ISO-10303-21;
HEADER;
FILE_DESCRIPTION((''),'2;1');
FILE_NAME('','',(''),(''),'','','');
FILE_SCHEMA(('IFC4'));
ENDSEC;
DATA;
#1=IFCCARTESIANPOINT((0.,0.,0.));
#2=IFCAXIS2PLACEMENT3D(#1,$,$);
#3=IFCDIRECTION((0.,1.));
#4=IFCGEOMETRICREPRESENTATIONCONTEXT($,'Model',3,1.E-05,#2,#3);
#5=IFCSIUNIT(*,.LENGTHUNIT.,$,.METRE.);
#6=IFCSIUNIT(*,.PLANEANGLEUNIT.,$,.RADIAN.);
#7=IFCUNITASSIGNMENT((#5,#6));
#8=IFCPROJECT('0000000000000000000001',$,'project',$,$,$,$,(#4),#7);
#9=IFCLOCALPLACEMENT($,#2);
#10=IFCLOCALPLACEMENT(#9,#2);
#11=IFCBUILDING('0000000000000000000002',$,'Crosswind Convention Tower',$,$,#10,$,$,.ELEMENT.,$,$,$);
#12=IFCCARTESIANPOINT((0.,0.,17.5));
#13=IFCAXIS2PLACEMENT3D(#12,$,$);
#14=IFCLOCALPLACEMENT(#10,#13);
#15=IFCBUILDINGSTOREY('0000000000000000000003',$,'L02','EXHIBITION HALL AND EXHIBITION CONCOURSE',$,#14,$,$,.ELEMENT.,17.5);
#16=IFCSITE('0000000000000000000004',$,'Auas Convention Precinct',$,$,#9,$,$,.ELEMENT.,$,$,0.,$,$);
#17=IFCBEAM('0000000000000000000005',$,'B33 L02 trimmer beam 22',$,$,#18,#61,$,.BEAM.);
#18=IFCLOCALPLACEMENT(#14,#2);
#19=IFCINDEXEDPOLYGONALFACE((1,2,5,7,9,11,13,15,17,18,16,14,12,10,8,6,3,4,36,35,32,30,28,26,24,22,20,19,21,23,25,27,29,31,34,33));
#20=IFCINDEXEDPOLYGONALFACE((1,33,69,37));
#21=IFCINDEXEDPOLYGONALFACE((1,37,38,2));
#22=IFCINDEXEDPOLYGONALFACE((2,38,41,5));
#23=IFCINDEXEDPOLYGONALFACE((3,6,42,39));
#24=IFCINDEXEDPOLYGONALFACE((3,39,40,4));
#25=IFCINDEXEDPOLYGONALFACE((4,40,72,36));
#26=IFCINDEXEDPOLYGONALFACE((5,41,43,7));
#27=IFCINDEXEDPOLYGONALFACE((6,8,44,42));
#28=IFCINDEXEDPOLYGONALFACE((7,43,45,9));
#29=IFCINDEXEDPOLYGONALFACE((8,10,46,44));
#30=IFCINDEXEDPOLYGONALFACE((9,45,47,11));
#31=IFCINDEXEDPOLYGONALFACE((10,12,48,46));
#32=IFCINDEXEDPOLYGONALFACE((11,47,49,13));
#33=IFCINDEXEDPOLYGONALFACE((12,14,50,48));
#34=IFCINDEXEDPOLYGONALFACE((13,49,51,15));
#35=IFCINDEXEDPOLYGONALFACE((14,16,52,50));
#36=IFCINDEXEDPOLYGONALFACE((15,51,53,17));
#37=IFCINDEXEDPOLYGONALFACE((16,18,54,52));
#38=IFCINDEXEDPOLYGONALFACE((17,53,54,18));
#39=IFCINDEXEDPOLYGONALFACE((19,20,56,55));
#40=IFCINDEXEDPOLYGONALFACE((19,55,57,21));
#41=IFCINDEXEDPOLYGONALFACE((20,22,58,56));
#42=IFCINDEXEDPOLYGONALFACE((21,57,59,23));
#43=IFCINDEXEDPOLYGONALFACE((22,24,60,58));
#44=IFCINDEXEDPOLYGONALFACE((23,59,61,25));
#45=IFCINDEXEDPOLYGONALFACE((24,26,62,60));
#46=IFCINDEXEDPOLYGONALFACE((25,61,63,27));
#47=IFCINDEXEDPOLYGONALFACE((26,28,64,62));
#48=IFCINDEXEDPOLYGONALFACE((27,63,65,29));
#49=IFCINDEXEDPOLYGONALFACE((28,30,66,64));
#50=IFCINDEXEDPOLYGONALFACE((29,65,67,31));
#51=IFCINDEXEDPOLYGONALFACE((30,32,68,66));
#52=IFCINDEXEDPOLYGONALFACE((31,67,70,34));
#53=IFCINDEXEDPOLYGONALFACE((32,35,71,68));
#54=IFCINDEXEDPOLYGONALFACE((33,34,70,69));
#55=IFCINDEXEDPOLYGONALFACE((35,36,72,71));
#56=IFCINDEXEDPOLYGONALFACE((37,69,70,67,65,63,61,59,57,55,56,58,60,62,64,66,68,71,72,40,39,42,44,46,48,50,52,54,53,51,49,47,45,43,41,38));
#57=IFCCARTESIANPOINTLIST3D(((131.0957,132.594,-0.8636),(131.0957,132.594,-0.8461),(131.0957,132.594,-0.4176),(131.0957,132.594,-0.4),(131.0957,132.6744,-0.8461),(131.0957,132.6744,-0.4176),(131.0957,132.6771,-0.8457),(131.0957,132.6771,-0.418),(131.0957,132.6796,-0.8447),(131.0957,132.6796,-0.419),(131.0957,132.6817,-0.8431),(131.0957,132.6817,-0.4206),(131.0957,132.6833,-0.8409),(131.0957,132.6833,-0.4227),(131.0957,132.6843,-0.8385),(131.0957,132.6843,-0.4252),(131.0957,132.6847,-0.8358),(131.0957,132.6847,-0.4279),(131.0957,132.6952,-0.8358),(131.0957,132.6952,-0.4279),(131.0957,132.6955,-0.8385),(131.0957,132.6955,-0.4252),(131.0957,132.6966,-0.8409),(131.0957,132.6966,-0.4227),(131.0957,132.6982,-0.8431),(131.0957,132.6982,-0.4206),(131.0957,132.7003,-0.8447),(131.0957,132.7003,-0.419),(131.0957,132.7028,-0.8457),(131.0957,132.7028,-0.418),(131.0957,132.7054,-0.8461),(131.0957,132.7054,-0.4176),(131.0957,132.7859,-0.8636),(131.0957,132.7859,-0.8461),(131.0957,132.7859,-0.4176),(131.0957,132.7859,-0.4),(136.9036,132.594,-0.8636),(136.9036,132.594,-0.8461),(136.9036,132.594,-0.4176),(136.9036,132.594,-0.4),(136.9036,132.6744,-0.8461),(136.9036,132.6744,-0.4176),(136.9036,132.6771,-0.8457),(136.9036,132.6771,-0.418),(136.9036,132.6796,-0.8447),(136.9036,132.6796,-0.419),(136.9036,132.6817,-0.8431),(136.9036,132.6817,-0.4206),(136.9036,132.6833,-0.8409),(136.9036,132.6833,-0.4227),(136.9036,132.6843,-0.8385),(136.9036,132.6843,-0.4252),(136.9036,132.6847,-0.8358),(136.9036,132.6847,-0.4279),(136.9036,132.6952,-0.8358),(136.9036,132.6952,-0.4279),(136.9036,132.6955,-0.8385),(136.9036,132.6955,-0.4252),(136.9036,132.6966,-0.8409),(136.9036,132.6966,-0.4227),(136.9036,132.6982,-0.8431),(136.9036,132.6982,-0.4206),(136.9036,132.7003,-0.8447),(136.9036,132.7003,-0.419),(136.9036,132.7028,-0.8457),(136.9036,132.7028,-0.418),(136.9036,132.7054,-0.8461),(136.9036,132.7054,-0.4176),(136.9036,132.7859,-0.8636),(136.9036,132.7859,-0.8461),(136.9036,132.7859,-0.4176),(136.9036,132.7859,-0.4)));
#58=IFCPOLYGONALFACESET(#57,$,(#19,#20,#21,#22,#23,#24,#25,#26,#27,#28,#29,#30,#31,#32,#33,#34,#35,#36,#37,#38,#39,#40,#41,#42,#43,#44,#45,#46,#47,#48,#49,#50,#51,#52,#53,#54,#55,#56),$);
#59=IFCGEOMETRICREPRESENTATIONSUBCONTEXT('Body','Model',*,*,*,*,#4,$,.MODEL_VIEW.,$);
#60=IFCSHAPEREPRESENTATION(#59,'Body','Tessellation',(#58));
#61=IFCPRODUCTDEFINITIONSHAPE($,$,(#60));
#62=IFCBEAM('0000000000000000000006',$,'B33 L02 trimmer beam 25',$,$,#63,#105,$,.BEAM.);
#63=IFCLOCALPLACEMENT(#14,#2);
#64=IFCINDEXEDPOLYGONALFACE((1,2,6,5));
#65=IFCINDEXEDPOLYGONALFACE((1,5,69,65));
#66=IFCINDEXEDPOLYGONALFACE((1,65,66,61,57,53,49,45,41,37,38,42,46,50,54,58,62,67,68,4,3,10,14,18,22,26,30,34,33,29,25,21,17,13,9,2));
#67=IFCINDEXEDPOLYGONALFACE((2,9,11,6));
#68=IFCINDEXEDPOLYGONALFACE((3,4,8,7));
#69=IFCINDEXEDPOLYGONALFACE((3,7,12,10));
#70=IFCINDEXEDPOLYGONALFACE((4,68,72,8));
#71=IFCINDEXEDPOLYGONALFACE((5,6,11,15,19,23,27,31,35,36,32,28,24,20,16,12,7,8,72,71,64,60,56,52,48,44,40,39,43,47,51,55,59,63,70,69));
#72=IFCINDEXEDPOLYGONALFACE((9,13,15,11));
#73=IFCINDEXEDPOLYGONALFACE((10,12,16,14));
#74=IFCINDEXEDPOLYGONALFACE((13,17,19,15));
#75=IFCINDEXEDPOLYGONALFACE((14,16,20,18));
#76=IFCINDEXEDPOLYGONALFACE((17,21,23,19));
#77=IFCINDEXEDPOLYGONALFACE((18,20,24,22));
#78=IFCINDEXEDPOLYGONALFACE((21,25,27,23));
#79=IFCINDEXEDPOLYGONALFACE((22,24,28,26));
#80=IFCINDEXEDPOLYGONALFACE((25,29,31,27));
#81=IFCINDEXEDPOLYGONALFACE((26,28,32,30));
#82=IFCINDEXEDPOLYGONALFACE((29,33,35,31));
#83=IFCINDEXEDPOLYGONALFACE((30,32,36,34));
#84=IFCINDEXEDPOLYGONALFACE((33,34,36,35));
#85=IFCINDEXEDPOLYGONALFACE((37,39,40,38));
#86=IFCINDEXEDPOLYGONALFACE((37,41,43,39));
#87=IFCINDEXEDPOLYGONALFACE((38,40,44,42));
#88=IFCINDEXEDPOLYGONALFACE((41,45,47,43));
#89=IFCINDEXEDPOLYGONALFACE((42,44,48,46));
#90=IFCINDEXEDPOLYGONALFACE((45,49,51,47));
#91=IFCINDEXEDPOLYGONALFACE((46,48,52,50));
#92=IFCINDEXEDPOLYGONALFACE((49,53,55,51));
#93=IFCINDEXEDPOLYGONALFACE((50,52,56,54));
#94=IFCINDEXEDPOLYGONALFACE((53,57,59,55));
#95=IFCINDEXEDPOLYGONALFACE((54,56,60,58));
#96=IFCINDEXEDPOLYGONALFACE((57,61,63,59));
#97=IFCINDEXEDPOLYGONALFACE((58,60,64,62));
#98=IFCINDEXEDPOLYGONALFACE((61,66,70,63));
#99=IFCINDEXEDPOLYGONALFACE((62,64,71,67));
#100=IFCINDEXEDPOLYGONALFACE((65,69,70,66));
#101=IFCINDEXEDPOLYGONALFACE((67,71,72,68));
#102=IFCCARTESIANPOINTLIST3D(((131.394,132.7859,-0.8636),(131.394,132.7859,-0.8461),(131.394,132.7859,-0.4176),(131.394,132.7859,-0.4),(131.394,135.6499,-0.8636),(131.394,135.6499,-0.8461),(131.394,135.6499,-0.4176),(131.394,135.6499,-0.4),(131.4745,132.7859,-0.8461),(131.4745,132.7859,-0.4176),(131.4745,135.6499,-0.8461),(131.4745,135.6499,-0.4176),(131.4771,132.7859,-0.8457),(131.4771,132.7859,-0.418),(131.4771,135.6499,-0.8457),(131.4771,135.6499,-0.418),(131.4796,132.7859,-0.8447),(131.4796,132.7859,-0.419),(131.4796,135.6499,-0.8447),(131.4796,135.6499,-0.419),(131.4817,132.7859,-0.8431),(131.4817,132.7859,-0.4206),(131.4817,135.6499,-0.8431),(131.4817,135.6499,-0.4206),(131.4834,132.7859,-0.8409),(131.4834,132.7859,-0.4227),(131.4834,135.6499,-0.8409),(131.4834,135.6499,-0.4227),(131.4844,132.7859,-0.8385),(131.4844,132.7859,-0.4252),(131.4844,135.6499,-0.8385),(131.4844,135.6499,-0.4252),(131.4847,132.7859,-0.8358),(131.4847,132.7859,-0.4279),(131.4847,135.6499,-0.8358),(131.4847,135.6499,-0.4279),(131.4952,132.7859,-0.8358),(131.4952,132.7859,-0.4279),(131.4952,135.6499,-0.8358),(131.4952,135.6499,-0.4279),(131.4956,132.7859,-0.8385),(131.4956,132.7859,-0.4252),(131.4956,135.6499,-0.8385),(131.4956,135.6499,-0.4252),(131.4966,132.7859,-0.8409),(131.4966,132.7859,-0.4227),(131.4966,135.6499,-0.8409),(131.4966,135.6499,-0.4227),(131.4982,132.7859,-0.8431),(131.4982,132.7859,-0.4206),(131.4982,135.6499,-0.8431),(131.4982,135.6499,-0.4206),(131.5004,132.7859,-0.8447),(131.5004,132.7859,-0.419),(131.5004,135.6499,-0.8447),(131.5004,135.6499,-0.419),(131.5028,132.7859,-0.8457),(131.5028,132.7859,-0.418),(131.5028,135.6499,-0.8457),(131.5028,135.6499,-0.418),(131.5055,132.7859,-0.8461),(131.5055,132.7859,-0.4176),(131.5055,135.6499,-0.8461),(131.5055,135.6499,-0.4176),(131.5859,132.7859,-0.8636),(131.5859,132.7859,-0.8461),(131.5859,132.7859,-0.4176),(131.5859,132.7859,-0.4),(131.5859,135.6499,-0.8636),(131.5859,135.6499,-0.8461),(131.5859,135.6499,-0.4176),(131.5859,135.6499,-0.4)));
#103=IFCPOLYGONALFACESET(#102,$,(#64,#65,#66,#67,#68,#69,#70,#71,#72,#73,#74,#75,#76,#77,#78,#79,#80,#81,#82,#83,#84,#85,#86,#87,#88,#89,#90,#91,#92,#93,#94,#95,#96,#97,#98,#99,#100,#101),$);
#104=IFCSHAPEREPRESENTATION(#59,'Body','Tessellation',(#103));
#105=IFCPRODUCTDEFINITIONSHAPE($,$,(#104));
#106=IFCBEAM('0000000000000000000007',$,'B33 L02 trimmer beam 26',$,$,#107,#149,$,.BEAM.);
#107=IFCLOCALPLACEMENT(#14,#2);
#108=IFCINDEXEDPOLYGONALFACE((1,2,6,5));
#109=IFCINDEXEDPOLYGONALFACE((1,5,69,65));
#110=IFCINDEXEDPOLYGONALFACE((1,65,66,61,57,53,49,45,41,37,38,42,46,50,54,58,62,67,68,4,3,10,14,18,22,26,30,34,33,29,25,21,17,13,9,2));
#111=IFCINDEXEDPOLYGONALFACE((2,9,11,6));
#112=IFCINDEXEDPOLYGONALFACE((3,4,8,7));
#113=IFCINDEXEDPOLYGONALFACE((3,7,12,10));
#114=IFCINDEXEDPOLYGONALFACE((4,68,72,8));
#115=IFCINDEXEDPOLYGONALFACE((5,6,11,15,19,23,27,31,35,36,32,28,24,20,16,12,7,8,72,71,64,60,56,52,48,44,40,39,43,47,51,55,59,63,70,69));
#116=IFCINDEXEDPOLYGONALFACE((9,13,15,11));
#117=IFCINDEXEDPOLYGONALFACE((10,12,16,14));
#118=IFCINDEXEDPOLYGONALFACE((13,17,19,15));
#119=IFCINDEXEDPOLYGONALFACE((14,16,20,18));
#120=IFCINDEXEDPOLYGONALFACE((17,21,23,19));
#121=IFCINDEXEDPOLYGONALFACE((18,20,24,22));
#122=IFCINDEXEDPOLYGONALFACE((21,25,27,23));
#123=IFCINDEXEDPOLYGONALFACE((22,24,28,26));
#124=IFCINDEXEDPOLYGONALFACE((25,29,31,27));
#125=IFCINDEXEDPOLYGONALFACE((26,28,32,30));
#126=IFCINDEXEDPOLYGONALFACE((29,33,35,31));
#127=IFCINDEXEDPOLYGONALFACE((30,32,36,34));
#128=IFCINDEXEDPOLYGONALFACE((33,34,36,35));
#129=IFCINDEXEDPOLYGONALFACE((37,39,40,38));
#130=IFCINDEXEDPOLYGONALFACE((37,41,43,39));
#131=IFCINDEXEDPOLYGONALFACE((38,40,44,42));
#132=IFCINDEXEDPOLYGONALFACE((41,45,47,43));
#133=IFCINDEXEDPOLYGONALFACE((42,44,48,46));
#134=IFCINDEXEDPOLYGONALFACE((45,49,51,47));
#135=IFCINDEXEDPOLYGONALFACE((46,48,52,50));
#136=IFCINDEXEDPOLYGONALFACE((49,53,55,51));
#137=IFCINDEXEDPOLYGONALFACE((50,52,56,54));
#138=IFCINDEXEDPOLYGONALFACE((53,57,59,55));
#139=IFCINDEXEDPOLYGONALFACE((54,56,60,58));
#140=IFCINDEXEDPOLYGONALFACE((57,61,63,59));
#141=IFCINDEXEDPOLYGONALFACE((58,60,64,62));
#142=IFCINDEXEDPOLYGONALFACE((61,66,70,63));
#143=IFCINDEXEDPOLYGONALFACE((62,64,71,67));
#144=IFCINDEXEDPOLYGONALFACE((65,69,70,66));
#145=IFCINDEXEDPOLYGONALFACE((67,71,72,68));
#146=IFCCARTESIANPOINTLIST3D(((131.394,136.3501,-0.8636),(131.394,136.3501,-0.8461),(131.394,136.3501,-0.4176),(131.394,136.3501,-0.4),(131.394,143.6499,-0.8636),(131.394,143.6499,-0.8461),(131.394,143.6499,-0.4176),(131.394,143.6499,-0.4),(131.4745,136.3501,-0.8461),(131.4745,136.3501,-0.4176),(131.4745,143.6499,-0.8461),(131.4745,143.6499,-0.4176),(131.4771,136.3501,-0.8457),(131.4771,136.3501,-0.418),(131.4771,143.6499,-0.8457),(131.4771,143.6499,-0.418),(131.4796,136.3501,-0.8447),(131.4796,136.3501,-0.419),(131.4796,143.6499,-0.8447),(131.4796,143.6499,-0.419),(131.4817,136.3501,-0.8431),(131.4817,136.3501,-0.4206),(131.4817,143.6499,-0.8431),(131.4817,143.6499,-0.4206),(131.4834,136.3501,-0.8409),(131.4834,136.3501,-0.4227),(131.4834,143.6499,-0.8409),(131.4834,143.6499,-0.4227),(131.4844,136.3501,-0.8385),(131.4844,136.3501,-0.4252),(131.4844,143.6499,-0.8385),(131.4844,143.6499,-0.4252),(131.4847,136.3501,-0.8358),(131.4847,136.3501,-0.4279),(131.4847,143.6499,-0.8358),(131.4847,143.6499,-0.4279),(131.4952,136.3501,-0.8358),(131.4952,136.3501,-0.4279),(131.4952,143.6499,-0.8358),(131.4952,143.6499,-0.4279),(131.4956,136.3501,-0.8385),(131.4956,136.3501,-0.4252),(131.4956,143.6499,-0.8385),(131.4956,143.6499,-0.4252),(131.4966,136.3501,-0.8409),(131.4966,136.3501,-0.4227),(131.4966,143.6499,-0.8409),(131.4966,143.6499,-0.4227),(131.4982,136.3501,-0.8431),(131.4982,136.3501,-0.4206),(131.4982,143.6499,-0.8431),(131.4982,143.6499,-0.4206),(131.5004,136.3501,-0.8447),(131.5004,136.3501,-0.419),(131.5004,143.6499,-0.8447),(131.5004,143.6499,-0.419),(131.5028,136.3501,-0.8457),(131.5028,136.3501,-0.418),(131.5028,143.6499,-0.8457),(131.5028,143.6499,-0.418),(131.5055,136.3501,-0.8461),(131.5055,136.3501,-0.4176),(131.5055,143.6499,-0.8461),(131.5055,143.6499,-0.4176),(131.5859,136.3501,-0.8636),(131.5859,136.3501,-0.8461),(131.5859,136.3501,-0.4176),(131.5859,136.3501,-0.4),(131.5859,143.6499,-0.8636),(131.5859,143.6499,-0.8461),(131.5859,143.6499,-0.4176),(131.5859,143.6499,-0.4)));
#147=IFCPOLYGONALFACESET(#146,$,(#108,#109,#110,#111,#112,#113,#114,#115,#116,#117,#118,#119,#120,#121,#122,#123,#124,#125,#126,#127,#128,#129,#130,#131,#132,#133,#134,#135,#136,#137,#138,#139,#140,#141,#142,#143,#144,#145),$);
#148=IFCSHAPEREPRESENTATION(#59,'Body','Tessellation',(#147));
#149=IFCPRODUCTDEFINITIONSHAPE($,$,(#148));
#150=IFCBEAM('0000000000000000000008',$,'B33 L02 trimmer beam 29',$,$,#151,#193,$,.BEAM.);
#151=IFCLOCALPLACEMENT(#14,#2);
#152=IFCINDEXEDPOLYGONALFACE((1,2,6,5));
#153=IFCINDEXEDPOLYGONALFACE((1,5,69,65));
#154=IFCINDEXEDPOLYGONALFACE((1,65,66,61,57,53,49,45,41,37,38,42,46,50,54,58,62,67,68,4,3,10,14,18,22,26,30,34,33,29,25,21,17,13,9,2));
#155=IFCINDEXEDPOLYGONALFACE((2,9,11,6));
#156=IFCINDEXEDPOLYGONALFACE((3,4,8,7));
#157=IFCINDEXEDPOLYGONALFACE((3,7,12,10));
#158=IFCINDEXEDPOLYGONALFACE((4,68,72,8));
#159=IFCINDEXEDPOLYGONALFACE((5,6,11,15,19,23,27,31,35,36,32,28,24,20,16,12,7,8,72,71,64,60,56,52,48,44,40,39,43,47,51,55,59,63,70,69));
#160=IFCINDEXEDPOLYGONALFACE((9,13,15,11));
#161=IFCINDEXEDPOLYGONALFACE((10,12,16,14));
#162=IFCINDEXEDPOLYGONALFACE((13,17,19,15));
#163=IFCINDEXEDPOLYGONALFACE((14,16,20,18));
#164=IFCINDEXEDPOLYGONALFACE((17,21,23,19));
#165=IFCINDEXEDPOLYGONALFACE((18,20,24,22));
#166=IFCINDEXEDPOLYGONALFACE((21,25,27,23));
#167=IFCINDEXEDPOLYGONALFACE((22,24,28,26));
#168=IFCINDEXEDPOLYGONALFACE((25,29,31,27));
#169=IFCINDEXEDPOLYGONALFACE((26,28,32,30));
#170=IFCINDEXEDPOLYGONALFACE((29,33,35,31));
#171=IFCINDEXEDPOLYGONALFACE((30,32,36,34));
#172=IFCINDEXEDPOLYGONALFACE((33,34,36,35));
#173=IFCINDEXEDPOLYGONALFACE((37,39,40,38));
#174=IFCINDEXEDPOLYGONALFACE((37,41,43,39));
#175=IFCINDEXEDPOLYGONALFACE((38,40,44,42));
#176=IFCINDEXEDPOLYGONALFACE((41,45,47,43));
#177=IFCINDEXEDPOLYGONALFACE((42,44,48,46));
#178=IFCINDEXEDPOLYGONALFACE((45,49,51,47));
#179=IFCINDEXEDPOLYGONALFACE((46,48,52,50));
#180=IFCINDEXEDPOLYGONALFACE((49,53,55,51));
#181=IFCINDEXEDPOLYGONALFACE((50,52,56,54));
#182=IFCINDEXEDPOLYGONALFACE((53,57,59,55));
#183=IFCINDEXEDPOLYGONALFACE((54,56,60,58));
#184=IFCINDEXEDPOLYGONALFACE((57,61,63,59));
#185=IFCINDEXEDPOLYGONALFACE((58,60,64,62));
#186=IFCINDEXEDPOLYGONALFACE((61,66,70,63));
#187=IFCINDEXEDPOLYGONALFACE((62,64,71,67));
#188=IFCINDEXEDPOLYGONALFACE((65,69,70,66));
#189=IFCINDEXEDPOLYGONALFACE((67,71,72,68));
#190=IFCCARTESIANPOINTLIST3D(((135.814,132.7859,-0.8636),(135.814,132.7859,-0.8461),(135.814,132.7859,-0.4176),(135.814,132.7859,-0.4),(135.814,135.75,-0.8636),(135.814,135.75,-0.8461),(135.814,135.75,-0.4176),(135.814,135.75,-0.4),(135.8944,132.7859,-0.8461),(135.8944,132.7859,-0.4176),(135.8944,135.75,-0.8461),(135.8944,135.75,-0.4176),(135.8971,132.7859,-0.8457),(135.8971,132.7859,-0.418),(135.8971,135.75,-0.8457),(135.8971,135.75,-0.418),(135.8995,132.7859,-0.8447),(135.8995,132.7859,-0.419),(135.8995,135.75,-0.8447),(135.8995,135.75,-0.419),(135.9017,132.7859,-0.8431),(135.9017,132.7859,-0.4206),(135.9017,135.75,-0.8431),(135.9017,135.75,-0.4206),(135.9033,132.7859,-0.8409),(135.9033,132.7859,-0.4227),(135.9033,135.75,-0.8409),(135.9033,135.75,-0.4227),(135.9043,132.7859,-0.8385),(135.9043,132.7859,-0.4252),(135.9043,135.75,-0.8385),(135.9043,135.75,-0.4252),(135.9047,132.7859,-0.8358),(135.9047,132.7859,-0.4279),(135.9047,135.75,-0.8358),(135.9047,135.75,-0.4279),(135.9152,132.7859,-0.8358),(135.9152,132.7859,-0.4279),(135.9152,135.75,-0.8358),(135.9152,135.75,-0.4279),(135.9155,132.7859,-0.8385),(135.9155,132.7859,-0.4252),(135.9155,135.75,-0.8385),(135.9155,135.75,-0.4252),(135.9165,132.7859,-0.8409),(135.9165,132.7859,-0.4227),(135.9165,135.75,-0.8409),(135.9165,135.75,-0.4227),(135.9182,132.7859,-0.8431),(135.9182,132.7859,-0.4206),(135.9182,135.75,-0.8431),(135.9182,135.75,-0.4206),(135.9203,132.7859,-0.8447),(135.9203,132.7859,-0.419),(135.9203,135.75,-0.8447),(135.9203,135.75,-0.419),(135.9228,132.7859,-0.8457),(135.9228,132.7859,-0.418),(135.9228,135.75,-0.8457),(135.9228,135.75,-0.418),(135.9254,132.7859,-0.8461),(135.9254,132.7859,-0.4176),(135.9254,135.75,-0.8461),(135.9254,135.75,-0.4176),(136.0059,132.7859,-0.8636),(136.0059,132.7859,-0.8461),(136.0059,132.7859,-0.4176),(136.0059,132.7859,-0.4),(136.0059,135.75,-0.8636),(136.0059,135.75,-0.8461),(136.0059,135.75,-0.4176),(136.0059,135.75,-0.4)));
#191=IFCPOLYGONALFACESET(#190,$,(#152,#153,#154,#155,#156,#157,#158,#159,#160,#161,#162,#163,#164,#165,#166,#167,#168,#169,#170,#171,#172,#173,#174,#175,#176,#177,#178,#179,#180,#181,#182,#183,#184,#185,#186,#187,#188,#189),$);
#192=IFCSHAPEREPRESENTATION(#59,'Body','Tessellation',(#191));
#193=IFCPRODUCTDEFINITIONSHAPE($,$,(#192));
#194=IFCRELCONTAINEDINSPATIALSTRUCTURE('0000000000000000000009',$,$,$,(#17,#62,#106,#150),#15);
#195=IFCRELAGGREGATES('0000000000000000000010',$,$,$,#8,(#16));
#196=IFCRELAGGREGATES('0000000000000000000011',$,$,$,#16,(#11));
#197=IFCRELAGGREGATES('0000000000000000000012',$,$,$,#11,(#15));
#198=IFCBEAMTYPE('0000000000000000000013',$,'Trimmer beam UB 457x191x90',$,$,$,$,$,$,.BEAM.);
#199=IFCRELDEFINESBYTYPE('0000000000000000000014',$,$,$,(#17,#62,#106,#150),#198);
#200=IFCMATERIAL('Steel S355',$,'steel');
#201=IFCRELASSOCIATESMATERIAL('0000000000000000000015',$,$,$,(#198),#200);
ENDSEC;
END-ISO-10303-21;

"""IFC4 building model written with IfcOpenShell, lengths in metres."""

from ifc_helpers import new_model, si_unit, direction, frame, origin, origin_2d, place, context, subcontext, project, spatial, i_section, extrude, material, material_profile, profile_set, type_object, element, save


model = new_model("IFC4")

# Units and contexts
model_context = context("Model", 3, precision=1e-05, world=origin(), true_north=direction((0.0, 1.0)))
body_context = subcontext(model_context, "Body", "Model", "MODEL_VIEW")
ifc_project = project(units=[si_unit("LENGTHUNIT", "METRE"), si_unit("PLANEANGLEUNIT", "RADIAN")], contexts=[model_context])

# Site, building, storey
site_placement = place(None, origin())
site = spatial("IfcSite", under=ifc_project, at=site_placement, Name="Auas Convention Precinct", CompositionType="ELEMENT", RefElevation=0.0)
building_placement = place(site_placement, origin())
building = spatial("IfcBuilding", under=site, at=building_placement, Name="Crosswind Convention Tower", CompositionType="ELEMENT")
storey_placement = place(building_placement, frame((0.0, 0.0, 17.5)))
storey = spatial("IfcBuildingStorey", under=building, at=storey_placement, Name="L02", Description="EXHIBITION HALL AND EXHIBITION CONCOURSE", CompositionType="ELEMENT", Elevation=17.5)

# Shared definitions
ifc_material_1 = material(Name="Steel S355", Category="steel")

# Beams
ifc_material_profile_1 = material_profile(ifc_material_1, i_section(OverallWidth=0.1919, OverallDepth=0.4636, WebThickness=0.0105, FlangeThickness=0.0176, FilletRadius=0.0103, at=origin_2d()), Name="UB 457x191x90")
ifc_profile_set_1 = profile_set([ifc_material_profile_1], Name="Steel S355")
beam_type_1 = type_object("IfcBeamType", Name="Trimmer beam UB 457x191x90", PredefinedType="BEAM", material=ifc_profile_set_1)
beam_1_placement = place(storey_placement, frame((131.0957, 132.6899, -0.6318), z_axis=(1.0, 0.0, 0.0), x_axis=(0.0, 1.0, 0.0)))
element("IfcBeam", 1, at=beam_1_placement, inside=storey, type_object=beam_type_1, Name="B33 L02 trimmer beam 22", PredefinedType="BEAM", context=body_context, shape_type="SweptSolid", body=[
    extrude(i_section(OverallWidth=0.1919, OverallDepth=0.4636, WebThickness=0.0105, FlangeThickness=0.0176, FilletRadius=0.0103, at=origin_2d()), origin(), (0.0, 0.0, 1.0), 5.8079),
])
beam_2_placement = place(storey_placement, frame((131.49, 132.7859, -0.6318), z_axis=(0.0, 1.0, 0.0), x_axis=(-1.0, 0.0, 0.0)))
element("IfcBeam", 2, at=beam_2_placement, inside=storey, type_object=beam_type_1, Name="B33 L02 trimmer beam 25", PredefinedType="BEAM", context=body_context, shape_type="SweptSolid", body=[
    extrude(i_section(OverallWidth=0.1919, OverallDepth=0.4636, WebThickness=0.0105, FlangeThickness=0.0176, FilletRadius=0.0103, at=origin_2d()), origin(), (0.0, 0.0, 1.0), 2.864),
])
beam_3_placement = place(storey_placement, frame((131.49, 136.3501, -0.6318), z_axis=(0.0, 1.0, 0.0), x_axis=(-1.0, 0.0, 0.0)))
element("IfcBeam", 3, at=beam_3_placement, inside=storey, type_object=beam_type_1, Name="B33 L02 trimmer beam 26", PredefinedType="BEAM", context=body_context, shape_type="SweptSolid", body=[
    extrude(i_section(OverallWidth=0.1919, OverallDepth=0.4636, WebThickness=0.0105, FlangeThickness=0.0176, FilletRadius=0.0103, at=origin_2d()), origin(), (0.0, 0.0, 1.0), 7.2998),
])
beam_4_placement = place(storey_placement, frame((135.9099, 132.7859, -0.6318), z_axis=(0.0, 1.0, 0.0), x_axis=(-1.0, 0.0, 0.0)))
element("IfcBeam", 4, at=beam_4_placement, inside=storey, type_object=beam_type_1, Name="B33 L02 trimmer beam 29", PredefinedType="BEAM", context=body_context, shape_type="SweptSolid", body=[
    extrude(i_section(OverallWidth=0.1919, OverallDepth=0.4636, WebThickness=0.0105, FlangeThickness=0.0176, FilletRadius=0.0103, at=origin_2d()), origin(), (0.0, 0.0, 1.0), 2.9641),
])

save(model, "model.ifc")
